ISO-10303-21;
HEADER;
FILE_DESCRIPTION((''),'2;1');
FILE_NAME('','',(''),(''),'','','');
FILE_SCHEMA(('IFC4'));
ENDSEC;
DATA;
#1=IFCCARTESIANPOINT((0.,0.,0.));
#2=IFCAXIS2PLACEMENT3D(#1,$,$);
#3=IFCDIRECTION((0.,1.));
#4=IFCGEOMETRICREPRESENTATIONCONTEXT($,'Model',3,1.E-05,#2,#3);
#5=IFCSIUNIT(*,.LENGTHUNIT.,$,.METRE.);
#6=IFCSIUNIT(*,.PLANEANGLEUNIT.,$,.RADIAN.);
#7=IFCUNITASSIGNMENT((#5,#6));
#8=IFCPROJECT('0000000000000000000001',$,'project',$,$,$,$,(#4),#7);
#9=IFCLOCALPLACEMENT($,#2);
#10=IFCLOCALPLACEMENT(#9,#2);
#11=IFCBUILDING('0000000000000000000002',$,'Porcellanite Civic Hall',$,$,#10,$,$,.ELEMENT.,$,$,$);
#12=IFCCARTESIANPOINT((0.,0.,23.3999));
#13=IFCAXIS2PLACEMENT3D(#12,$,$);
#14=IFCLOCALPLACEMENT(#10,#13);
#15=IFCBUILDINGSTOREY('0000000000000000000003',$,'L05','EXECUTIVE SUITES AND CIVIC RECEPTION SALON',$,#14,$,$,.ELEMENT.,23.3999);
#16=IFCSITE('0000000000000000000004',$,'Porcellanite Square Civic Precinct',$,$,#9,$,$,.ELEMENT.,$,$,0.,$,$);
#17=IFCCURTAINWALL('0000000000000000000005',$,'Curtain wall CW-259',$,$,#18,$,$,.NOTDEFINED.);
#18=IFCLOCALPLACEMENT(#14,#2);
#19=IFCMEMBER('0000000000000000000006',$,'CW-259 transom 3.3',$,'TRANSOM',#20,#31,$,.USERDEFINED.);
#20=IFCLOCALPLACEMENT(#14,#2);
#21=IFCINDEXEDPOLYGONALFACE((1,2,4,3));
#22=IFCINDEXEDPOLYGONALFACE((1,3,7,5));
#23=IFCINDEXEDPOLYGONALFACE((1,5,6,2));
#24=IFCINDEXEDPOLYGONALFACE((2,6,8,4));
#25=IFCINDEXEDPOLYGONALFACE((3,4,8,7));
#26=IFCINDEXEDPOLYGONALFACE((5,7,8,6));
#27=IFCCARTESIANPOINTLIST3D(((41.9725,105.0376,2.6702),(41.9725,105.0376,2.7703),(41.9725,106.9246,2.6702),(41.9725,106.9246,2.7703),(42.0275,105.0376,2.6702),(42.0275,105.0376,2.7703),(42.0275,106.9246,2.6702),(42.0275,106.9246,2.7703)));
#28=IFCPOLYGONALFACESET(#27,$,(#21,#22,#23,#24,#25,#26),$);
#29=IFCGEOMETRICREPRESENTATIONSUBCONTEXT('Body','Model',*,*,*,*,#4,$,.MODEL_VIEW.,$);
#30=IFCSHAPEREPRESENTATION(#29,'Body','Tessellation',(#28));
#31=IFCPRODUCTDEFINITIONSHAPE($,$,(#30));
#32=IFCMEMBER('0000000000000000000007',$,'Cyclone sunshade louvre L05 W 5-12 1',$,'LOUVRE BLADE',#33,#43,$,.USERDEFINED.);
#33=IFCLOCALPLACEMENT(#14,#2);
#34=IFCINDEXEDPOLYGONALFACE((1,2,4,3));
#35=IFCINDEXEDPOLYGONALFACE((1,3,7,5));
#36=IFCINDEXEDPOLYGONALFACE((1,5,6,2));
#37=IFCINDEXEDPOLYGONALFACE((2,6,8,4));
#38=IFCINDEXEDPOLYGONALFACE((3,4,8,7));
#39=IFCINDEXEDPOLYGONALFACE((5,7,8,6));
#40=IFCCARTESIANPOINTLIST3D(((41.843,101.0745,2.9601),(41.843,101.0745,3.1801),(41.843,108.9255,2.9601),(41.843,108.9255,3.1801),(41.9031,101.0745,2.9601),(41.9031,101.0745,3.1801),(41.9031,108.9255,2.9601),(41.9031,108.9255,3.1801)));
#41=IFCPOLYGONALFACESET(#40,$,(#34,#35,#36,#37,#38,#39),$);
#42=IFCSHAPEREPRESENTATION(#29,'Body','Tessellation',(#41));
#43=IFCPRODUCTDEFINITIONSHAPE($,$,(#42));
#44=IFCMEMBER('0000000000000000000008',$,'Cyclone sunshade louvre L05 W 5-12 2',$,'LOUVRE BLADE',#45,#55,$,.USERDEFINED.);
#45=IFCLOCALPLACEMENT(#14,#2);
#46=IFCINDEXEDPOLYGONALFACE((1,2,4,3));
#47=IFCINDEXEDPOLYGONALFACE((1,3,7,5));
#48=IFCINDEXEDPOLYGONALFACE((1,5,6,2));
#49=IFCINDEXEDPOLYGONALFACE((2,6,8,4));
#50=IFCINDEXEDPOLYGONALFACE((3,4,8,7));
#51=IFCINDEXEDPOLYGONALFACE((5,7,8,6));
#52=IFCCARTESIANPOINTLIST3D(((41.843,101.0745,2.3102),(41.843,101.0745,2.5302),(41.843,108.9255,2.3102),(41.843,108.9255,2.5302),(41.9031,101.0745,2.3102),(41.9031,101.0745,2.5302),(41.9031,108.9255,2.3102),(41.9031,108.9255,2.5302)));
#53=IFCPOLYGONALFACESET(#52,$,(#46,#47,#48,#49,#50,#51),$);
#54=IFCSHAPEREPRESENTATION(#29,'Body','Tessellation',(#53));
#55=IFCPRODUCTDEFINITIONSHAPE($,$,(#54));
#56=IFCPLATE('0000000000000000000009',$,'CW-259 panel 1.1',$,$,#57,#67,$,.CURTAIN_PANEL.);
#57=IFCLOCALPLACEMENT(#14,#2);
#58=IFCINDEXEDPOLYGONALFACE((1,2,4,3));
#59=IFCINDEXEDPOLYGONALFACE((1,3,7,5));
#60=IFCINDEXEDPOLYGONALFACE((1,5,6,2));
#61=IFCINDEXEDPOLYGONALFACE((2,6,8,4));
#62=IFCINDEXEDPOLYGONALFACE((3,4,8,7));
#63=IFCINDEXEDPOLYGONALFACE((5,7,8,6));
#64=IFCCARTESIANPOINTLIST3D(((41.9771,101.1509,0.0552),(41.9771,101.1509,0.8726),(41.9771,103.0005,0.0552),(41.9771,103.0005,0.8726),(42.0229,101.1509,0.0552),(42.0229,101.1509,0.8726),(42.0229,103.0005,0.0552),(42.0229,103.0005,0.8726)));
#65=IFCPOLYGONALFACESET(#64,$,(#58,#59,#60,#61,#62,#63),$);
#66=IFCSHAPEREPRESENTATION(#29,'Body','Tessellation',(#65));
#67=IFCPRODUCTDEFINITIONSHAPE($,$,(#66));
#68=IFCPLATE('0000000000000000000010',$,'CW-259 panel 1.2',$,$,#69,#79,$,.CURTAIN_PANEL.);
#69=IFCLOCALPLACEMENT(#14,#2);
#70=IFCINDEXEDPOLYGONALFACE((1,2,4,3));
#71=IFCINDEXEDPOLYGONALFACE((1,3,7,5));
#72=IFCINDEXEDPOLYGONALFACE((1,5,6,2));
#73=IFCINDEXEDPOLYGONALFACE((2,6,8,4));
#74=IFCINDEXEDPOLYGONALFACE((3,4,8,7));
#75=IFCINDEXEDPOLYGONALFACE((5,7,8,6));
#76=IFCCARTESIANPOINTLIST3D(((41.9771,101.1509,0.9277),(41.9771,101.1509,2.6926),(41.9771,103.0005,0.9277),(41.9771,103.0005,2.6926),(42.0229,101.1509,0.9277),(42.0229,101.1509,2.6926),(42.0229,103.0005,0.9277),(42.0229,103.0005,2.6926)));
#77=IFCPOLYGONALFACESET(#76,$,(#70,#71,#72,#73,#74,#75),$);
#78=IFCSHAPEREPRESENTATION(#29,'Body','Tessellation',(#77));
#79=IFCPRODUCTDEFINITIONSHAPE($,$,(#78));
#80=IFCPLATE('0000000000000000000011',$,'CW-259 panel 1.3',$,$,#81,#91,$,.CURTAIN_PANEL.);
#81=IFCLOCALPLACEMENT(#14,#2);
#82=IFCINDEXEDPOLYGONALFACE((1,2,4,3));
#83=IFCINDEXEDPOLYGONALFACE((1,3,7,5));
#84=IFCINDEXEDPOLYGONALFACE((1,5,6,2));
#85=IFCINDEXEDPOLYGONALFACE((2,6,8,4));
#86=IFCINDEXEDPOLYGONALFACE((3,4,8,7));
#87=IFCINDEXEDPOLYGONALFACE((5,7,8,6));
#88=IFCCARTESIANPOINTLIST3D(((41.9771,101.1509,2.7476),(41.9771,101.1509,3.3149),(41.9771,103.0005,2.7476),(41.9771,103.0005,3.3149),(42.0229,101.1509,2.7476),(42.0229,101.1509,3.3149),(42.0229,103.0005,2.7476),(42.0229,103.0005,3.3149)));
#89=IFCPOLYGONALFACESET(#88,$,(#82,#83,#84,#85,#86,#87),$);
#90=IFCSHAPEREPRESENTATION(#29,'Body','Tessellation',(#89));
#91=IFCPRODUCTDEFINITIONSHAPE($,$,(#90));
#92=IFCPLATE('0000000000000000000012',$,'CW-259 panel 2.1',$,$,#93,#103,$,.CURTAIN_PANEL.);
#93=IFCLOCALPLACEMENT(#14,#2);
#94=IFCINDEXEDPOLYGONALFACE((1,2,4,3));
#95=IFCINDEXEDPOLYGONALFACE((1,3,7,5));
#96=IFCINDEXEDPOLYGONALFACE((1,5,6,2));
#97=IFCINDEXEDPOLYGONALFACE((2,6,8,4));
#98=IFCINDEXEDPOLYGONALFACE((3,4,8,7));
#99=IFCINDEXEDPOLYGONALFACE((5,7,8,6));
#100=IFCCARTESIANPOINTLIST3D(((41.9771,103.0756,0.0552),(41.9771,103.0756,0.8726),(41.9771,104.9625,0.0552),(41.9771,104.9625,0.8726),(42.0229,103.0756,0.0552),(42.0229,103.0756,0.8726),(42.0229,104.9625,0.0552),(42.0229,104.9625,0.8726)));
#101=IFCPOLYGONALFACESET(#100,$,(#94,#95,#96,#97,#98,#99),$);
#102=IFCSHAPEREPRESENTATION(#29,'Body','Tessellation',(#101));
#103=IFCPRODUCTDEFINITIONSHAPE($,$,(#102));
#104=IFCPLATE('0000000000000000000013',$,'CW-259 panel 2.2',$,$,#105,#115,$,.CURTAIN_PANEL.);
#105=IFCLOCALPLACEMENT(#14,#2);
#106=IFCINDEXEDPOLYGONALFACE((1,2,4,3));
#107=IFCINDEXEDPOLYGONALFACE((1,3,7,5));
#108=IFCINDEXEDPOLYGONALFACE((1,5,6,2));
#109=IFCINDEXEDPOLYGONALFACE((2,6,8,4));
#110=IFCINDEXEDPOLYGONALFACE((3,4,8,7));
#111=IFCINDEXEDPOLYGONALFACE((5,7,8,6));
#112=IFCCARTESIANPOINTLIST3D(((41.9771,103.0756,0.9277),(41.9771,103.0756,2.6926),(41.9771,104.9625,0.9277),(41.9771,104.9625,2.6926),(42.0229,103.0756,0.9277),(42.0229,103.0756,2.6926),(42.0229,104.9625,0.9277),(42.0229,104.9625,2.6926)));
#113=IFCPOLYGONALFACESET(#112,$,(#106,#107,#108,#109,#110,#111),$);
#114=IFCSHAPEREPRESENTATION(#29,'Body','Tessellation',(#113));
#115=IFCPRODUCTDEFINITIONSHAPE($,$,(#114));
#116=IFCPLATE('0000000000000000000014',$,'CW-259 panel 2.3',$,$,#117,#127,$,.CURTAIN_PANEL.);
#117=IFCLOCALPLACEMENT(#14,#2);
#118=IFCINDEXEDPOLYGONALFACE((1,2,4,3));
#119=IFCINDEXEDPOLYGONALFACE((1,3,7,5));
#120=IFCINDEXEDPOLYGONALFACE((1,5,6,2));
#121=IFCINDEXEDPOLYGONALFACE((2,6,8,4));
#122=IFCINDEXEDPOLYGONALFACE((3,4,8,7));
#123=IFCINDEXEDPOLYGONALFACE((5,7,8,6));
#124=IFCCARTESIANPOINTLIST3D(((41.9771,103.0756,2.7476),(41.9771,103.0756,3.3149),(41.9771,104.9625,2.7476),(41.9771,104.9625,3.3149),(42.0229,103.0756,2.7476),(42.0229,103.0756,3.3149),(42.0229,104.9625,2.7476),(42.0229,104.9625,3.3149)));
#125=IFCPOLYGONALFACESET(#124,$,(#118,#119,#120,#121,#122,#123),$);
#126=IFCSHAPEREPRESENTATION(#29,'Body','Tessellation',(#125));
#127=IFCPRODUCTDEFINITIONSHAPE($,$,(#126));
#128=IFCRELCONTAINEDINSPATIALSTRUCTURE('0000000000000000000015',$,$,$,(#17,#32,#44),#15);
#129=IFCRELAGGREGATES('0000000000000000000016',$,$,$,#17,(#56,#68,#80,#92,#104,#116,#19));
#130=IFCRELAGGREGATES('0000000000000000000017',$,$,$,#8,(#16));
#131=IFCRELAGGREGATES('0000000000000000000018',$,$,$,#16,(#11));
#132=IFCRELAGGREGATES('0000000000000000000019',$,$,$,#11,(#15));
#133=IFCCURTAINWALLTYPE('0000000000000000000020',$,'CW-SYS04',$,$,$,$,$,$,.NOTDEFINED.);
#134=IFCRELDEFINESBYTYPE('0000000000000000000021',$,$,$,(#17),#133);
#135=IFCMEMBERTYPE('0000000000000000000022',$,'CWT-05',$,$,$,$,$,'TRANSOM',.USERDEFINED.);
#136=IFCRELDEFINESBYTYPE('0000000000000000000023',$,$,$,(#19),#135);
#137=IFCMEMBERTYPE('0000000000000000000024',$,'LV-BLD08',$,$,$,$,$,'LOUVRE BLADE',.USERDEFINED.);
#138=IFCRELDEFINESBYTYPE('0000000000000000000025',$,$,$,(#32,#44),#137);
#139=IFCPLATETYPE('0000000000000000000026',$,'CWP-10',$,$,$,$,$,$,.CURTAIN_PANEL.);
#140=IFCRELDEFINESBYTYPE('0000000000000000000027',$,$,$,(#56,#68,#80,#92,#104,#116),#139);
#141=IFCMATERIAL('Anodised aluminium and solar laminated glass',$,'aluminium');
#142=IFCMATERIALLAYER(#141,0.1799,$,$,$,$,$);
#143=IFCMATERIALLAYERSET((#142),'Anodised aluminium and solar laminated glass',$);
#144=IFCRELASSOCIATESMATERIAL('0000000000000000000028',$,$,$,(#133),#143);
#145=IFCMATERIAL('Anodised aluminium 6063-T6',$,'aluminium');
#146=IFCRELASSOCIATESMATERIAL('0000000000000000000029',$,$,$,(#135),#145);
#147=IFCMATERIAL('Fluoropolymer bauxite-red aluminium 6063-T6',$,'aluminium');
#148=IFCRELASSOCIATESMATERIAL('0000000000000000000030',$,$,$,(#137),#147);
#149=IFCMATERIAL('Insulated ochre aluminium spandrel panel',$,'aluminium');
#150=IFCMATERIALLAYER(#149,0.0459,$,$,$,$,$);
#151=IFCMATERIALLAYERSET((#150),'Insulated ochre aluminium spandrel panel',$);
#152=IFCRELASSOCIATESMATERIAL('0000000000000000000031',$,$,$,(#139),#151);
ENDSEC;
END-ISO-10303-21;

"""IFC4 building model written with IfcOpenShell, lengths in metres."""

from ifc_helpers import new_model, si_unit, direction, frame, origin, origin_2d, place, context, subcontext, project, spatial, rectangle, extrude, material, layer, layer_set, material_profile, profile_set, type_object, element, aggregate, save


model = new_model("IFC4")

# Units and contexts
model_context = context("Model", 3, precision=1e-05, world=origin(), true_north=direction((0.0, 1.0)))
body_context = subcontext(model_context, "Body", "Model", "MODEL_VIEW")
ifc_project = project(units=[si_unit("LENGTHUNIT", "METRE"), si_unit("PLANEANGLEUNIT", "RADIAN")], contexts=[model_context])

# Site, building, storey
site_placement = place(None, origin())
site = spatial("IfcSite", under=ifc_project, at=site_placement, Name="Porcellanite Square Civic Precinct", CompositionType="ELEMENT", RefElevation=0.0)
building_placement = place(site_placement, origin())
building = spatial("IfcBuilding", under=site, at=building_placement, Name="Porcellanite Civic Hall", CompositionType="ELEMENT")
storey_placement = place(building_placement, frame((0.0, 0.0, 23.3999)))
storey = spatial("IfcBuildingStorey", under=building, at=storey_placement, Name="L05", Description="EXECUTIVE SUITES AND CIVIC RECEPTION SALON", CompositionType="ELEMENT", Elevation=23.3999)

# Curtain wall, member
ifc_material_1 = material(Name="Anodised aluminium and solar laminated glass", Category="aluminium")
ifc_layer_1 = layer(ifc_material_1, 0.1799)
ifc_layer_set_1 = layer_set([ifc_layer_1], Name="Anodised aluminium and solar laminated glass")
curtain_wall_type = type_object("IfcCurtainWallType", Name="CW-SYS04", PredefinedType="NOTDEFINED", material=ifc_layer_set_1)
curtain_wall_placement = place(storey_placement, origin())
curtain_wall = element("IfcCurtainWall", 1, at=curtain_wall_placement, inside=storey, type_object=curtain_wall_type, Name="Curtain wall CW-259", PredefinedType="NOTDEFINED")
ifc_material_2 = material(Name="Anodised aluminium 6063-T6", Category="aluminium")
ifc_material_profile_1 = material_profile(ifc_material_2, rectangle(XDim=0.0549, YDim=0.1001, at=origin_2d()), Name="AL-55x100")
ifc_profile_set_1 = profile_set([ifc_material_profile_1], Name="Anodised aluminium 6063-T6")
member_type_1 = type_object("IfcMemberType", Name="CWT-05", ElementType="TRANSOM", PredefinedType="USERDEFINED", material=ifc_profile_set_1)
member_1_placement = place(storey_placement, frame((42.0, 105.0376, 2.7202), z_axis=(0.0, 1.0, 0.0), x_axis=(-1.0, 0.0, 0.0)))
member_1 = element("IfcMember", 2, at=member_1_placement, type_object=member_type_1, Name="CW-259 transom 3.3", ObjectType="TRANSOM", PredefinedType="USERDEFINED", context=body_context, shape_type="SweptSolid", body=[
    extrude(rectangle(XDim=0.0549, YDim=0.1001, at=origin_2d()), origin(), (0.0, 0.0, 1.0), 1.887),
])

# Members
ifc_material_3 = material(Name="Fluoropolymer bauxite-red aluminium 6063-T6", Category="aluminium")
ifc_material_profile_2 = material_profile(ifc_material_3, rectangle(XDim=0.0601, YDim=0.22, at=origin_2d()), Name="AL-60x220")
ifc_profile_set_2 = profile_set([ifc_material_profile_2], Name="Fluoropolymer bauxite-red aluminium 6063-T6")
member_type_2 = type_object("IfcMemberType", Name="LV-BLD08", ElementType="LOUVRE BLADE", PredefinedType="USERDEFINED", material=ifc_profile_set_2)
for number, where, z_axis, x_axis, name in (
    (3, (41.873, 101.0745, 3.0701), (0.0, 1.0, 0.0), (-1.0, 0.0, 0.0), "Cyclone sunshade louvre L05 W 5-12 1"),
    (4, (41.873, 101.0745, 2.4202), (0.0, 1.0, 0.0), (-1.0, 0.0, 0.0), "Cyclone sunshade louvre L05 W 5-12 2"),
):
    element("IfcMember", number, at=place(storey_placement, frame(where, z_axis=z_axis, x_axis=x_axis)), inside=storey, type_object=member_type_2, Name=name, ObjectType="LOUVRE BLADE", PredefinedType="USERDEFINED", context=body_context, shape_type="SweptSolid", body=[
        extrude(rectangle(XDim=0.0601, YDim=0.22, at=origin_2d()), origin(), (0.0, 0.0, 1.0), 7.8511),
    ])

# Plates
ifc_material_4 = material(Name="Insulated ochre aluminium spandrel panel", Category="aluminium")
ifc_layer_2 = layer(ifc_material_4, 0.0459)
ifc_layer_set_2 = layer_set([ifc_layer_2], Name="Insulated ochre aluminium spandrel panel")
plate_type = type_object("IfcPlateType", Name="CWP-10", PredefinedType="CURTAIN_PANEL", material=ifc_layer_set_2)
plate_1_placement = place(storey_placement, frame((42.0, 102.0757, 0.0552), z_axis=(0.0, 0.0, 1.0), x_axis=(0.0, 1.0, 0.0)))
plate_1 = element("IfcPlate", 5, at=plate_1_placement, type_object=plate_type, Name="CW-259 panel 1.1", PredefinedType="CURTAIN_PANEL", context=body_context, shape_type="SweptSolid", body=[
    extrude(rectangle(XDim=1.8496, YDim=0.0459, at=origin_2d()), origin(), (0.0, 0.0, 1.0), 0.8174),
])
plate_2_placement = place(storey_placement, frame((42.0, 102.0757, 0.9277), z_axis=(0.0, 0.0, 1.0), x_axis=(0.0, 1.0, 0.0)))
plate_2 = element("IfcPlate", 6, at=plate_2_placement, type_object=plate_type, Name="CW-259 panel 1.2", PredefinedType="CURTAIN_PANEL", context=body_context, shape_type="SweptSolid", body=[
    extrude(rectangle(XDim=1.8496, YDim=0.0459, at=origin_2d()), origin(), (0.0, 0.0, 1.0), 1.7649),
])
plate_3_placement = place(storey_placement, frame((42.0, 102.0757, 2.7476), z_axis=(0.0, 0.0, 1.0), x_axis=(0.0, 1.0, 0.0)))
plate_3 = element("IfcPlate", 7, at=plate_3_placement, type_object=plate_type, Name="CW-259 panel 1.3", PredefinedType="CURTAIN_PANEL", context=body_context, shape_type="SweptSolid", body=[
    extrude(rectangle(XDim=1.8496, YDim=0.0459, at=origin_2d()), origin(), (0.0, 0.0, 1.0), 0.5674),
])
plate_4_placement = place(storey_placement, frame((42.0, 104.019, 0.0552), z_axis=(0.0, 0.0, 1.0), x_axis=(0.0, 1.0, 0.0)))
plate_4 = element("IfcPlate", 8, at=plate_4_placement, type_object=plate_type, Name="CW-259 panel 2.1", PredefinedType="CURTAIN_PANEL", context=body_context, shape_type="SweptSolid", body=[
    extrude(rectangle(XDim=1.887, YDim=0.0459, at=origin_2d()), origin(), (0.0, 0.0, 1.0), 0.8174),
])
plate_5_placement = place(storey_placement, frame((42.0, 104.019, 0.9277), z_axis=(0.0, 0.0, 1.0), x_axis=(0.0, 1.0, 0.0)))
plate_5 = element("IfcPlate", 9, at=plate_5_placement, type_object=plate_type, Name="CW-259 panel 2.2", PredefinedType="CURTAIN_PANEL", context=body_context, shape_type="SweptSolid", body=[
    extrude(rectangle(XDim=1.887, YDim=0.0459, at=origin_2d()), origin(), (0.0, 0.0, 1.0), 1.7649),
])
plate_6_placement = place(storey_placement, frame((42.0, 104.019, 2.7476), z_axis=(0.0, 0.0, 1.0), x_axis=(0.0, 1.0, 0.0)))
plate_6 = element("IfcPlate", 10, at=plate_6_placement, type_object=plate_type, Name="CW-259 panel 2.3", PredefinedType="CURTAIN_PANEL", context=body_context, shape_type="SweptSolid", body=[
    extrude(rectangle(XDim=1.887, YDim=0.0459, at=origin_2d()), origin(), (0.0, 0.0, 1.0), 0.5674),
])
aggregate(curtain_wall, [plate_1, plate_2, plate_3, plate_4, plate_5, plate_6, member_1])

save(model, "model.ifc")
